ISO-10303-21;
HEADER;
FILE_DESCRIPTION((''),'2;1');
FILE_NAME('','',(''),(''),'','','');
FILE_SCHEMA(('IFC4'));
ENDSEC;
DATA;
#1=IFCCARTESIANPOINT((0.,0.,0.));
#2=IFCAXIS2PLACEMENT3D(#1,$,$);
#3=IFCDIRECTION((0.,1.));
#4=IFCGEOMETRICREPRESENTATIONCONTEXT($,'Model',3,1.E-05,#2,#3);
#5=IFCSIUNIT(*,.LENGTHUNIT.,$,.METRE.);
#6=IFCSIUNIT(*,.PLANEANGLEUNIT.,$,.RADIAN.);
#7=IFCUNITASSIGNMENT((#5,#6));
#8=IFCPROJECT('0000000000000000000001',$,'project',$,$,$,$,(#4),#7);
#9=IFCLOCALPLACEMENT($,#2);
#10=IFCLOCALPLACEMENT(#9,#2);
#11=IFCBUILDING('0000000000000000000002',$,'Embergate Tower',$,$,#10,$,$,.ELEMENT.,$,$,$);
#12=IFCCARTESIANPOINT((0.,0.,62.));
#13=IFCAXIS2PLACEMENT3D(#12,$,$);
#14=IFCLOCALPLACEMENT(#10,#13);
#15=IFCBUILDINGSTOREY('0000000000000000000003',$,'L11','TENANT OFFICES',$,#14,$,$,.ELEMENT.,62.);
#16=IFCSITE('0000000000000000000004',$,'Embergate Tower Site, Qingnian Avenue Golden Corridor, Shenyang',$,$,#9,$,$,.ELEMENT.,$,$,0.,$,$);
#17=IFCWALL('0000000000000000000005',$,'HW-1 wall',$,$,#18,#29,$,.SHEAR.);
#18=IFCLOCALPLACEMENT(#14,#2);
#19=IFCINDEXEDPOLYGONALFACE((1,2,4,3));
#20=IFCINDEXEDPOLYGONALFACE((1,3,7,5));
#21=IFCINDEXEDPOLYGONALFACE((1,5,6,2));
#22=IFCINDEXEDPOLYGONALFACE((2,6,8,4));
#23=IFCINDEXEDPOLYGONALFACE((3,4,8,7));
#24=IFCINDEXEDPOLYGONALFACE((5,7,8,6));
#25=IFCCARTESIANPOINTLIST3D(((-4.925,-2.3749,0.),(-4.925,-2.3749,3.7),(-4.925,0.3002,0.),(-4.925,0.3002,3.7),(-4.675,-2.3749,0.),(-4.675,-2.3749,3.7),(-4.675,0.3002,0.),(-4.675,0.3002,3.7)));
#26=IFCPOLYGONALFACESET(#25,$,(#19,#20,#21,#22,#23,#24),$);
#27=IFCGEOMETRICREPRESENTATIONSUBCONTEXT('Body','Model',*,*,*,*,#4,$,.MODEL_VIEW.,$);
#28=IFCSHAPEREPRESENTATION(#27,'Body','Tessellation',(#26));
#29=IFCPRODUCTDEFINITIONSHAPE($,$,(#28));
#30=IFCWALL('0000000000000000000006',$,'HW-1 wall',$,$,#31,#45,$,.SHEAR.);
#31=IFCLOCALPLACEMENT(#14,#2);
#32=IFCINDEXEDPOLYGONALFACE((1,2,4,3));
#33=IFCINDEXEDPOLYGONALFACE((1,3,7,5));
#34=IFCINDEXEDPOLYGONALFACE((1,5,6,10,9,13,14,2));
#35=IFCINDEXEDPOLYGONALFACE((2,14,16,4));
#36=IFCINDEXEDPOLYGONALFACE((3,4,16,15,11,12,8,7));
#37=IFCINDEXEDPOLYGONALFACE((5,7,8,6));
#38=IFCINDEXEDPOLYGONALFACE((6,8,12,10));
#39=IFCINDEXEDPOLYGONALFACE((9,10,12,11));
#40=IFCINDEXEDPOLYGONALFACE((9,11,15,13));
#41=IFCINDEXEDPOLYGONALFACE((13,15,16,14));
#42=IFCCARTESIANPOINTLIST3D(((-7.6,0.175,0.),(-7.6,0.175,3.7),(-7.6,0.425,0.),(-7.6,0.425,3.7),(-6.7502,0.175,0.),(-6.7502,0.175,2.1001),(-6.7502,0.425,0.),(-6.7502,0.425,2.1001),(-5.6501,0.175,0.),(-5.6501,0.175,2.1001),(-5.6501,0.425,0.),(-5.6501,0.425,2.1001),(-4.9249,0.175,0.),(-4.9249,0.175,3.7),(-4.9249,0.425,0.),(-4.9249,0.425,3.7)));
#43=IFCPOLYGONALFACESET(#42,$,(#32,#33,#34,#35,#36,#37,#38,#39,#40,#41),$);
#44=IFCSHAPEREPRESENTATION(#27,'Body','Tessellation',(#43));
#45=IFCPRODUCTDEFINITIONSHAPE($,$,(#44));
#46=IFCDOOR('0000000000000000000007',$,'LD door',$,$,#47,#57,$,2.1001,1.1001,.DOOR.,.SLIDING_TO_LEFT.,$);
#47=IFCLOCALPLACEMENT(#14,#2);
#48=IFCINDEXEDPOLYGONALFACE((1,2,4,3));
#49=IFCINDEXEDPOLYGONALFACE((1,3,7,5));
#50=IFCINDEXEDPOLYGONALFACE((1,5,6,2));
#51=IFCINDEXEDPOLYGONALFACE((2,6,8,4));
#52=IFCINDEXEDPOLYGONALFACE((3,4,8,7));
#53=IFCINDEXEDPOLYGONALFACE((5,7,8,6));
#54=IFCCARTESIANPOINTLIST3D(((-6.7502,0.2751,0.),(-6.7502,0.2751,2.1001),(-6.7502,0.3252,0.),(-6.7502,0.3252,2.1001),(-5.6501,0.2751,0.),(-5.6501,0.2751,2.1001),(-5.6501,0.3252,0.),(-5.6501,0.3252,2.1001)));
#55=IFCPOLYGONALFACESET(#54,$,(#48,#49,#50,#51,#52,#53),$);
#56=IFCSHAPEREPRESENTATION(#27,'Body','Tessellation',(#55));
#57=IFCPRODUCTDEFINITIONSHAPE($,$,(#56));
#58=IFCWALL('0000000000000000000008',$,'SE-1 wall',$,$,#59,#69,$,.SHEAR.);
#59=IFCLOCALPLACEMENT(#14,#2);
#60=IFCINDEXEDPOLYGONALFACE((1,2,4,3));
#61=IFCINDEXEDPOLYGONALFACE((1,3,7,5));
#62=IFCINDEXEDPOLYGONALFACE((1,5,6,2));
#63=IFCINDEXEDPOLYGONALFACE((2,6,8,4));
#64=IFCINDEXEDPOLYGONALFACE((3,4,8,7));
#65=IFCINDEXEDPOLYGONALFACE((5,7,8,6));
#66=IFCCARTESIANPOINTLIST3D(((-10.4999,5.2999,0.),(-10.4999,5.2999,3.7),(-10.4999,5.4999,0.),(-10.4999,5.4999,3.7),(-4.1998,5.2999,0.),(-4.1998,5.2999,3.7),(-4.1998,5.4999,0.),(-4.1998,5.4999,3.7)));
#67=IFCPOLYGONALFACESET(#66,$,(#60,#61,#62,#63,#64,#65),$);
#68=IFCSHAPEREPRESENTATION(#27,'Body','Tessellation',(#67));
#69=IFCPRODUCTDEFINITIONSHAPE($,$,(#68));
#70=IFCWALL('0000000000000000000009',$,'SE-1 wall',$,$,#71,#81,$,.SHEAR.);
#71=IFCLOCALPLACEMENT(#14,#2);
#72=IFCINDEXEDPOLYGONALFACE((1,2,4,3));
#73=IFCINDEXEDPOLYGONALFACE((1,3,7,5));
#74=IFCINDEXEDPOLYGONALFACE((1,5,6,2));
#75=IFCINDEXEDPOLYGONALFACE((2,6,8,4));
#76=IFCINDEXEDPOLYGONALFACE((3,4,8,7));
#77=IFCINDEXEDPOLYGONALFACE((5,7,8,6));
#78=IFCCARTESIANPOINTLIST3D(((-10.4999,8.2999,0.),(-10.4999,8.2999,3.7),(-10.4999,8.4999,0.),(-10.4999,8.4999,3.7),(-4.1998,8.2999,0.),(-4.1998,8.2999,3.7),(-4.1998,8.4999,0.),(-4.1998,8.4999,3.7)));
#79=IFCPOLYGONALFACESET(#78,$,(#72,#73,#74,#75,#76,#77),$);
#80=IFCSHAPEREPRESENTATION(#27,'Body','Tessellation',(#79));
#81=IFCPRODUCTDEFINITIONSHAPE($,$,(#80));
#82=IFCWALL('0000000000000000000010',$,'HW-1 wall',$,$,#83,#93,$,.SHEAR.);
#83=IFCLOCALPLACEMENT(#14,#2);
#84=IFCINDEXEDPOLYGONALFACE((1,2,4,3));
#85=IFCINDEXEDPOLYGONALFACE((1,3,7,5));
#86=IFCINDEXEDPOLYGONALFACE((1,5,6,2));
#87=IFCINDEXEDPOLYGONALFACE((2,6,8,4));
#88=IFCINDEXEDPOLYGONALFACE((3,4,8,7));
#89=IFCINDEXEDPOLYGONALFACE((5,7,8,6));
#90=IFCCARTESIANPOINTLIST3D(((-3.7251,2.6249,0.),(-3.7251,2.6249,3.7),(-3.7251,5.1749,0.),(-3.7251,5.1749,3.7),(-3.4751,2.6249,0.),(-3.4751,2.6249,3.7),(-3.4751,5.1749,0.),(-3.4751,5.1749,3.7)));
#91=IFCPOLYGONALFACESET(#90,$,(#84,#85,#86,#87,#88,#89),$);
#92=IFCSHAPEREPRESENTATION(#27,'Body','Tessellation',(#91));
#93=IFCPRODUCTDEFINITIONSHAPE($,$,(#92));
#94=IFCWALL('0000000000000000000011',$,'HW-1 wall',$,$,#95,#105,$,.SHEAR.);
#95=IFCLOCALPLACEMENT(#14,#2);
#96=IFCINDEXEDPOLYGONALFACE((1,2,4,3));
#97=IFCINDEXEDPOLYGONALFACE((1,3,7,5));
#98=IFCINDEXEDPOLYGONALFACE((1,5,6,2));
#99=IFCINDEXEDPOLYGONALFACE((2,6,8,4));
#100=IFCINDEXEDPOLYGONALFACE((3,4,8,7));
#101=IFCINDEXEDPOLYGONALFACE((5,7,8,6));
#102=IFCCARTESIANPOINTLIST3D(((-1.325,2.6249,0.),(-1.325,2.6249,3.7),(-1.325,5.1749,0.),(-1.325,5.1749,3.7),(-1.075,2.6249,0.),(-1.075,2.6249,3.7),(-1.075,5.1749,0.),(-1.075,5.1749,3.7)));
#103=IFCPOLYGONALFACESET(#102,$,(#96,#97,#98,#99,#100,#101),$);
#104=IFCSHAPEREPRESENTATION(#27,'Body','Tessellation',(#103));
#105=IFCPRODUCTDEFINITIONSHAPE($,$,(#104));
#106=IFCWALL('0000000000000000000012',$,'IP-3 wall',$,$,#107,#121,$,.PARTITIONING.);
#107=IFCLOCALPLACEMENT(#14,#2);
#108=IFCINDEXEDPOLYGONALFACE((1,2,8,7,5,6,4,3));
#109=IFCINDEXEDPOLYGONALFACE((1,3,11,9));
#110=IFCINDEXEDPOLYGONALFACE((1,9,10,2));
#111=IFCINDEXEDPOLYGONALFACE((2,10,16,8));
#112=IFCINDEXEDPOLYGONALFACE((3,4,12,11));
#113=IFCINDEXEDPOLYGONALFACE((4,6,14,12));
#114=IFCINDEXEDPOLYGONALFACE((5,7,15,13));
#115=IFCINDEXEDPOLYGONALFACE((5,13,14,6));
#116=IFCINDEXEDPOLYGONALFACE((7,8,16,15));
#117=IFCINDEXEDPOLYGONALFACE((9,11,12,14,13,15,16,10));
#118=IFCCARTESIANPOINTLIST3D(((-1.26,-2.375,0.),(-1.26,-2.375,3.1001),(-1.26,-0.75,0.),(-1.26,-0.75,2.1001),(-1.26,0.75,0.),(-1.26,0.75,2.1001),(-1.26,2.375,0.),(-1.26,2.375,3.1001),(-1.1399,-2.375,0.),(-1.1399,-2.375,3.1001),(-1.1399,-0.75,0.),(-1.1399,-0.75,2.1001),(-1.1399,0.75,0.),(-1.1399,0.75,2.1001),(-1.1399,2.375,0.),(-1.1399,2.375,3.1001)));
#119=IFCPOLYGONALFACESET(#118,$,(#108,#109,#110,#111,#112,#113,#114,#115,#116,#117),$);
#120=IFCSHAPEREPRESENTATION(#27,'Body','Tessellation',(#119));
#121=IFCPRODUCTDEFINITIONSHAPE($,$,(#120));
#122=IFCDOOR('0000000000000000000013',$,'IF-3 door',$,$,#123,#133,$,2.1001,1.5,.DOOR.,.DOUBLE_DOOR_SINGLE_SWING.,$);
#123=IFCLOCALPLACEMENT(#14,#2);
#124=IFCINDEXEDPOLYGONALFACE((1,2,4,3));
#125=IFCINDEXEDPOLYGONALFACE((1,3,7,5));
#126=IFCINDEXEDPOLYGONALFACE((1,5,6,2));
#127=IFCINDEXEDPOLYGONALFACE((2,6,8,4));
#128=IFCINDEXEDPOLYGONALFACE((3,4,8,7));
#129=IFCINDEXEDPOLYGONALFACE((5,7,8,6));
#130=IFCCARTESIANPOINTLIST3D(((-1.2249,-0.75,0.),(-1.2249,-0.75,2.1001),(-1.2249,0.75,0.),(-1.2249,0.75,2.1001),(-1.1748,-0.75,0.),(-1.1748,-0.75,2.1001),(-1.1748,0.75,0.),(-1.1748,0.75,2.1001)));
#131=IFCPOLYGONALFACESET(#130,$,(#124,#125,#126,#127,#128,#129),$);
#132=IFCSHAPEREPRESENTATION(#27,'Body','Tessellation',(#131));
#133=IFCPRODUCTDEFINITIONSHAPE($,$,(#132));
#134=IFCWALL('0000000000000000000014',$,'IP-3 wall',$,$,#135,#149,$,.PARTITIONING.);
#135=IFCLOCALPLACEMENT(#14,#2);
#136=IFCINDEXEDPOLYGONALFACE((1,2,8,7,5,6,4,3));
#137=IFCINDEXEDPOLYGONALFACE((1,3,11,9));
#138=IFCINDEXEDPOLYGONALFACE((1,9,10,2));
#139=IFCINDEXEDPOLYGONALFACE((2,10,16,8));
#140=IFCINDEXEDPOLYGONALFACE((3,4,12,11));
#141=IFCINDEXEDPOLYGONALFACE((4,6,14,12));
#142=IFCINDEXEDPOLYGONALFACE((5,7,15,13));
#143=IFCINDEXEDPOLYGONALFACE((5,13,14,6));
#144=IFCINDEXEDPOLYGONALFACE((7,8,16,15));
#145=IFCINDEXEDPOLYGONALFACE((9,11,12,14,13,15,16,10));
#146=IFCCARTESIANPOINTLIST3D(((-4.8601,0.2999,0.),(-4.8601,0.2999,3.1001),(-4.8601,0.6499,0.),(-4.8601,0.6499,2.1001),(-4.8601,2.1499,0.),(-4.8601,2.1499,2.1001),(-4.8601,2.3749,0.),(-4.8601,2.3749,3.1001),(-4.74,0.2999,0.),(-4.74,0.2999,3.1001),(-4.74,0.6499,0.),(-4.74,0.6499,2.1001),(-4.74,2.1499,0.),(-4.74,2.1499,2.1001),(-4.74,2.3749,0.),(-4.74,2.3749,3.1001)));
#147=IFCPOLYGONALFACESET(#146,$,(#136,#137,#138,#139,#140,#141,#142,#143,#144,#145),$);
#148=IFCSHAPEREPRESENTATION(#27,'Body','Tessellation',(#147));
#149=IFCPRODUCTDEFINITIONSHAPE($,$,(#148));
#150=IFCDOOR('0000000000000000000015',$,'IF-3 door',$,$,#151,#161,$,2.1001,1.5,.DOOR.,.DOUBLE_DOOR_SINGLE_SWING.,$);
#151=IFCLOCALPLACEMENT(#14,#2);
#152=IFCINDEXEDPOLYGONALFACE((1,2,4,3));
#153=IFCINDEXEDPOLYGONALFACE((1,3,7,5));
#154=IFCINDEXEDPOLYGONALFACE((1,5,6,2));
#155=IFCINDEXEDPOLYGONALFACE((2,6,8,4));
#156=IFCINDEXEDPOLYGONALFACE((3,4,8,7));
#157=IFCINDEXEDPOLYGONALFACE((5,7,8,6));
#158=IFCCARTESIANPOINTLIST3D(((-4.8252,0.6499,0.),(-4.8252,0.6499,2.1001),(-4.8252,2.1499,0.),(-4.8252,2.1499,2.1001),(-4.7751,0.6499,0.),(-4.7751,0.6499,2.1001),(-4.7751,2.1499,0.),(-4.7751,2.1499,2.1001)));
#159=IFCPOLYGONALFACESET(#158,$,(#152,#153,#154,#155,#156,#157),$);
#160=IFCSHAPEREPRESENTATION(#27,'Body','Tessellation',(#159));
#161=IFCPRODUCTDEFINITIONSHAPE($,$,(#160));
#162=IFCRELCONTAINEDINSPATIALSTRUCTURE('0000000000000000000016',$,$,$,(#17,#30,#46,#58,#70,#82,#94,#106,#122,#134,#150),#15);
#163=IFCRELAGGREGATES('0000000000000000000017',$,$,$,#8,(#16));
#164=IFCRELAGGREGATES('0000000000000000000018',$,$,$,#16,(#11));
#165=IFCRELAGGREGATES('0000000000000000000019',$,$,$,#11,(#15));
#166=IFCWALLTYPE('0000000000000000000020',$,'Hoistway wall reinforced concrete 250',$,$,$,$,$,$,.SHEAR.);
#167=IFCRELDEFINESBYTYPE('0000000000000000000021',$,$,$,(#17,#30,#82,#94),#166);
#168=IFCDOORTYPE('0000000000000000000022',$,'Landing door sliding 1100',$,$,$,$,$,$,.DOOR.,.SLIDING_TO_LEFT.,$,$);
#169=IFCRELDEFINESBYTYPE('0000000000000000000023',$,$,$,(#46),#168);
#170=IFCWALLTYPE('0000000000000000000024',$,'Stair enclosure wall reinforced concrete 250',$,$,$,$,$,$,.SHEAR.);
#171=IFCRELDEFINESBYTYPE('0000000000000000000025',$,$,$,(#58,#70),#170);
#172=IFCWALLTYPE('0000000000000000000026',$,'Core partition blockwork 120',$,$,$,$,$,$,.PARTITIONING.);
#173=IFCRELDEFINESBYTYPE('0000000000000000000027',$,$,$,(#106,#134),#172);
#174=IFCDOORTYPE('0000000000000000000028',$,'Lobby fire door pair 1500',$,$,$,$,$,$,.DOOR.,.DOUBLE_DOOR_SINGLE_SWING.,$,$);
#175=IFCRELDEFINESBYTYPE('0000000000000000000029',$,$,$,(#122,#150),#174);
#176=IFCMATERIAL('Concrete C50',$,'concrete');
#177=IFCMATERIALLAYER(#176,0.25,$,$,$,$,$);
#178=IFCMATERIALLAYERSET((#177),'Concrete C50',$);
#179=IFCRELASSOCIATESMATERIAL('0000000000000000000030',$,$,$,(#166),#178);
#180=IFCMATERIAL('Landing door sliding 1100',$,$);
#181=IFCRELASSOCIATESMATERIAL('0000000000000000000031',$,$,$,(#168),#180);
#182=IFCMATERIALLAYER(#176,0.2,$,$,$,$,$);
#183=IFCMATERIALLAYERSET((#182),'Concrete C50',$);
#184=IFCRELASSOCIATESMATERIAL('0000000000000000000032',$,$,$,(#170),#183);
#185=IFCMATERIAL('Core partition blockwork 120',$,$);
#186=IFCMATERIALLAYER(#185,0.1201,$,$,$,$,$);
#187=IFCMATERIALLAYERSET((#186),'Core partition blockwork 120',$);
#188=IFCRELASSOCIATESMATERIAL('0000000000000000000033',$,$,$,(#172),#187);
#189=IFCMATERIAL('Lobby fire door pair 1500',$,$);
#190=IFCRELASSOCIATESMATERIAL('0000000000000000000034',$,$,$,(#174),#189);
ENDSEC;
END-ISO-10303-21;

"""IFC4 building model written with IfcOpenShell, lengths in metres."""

from ifc_helpers import new_model, si_unit, direction, frame, frame_2d, origin, place, context, subcontext, project, spatial, rectangle, extrude, source, transform, mapped, material, layer, layer_set, type_object, element, fill, save


model = new_model("IFC4")

# Units and contexts
model_context = context("Model", 3, precision=1e-05, world=origin(), true_north=direction((0.0, 1.0)))
body_context = subcontext(model_context, "Body", "Model", "MODEL_VIEW")
ifc_project = project(units=[si_unit("LENGTHUNIT", "METRE"), si_unit("PLANEANGLEUNIT", "RADIAN")], contexts=[model_context])

# Site, building, storey
site_placement = place(None, origin())
site = spatial("IfcSite", under=ifc_project, at=site_placement, Name="Embergate Tower Site, Qingnian Avenue Golden Corridor, Shenyang", CompositionType="ELEMENT", RefElevation=0.0)
building_placement = place(site_placement, origin())
building = spatial("IfcBuilding", under=site, at=building_placement, Name="Embergate Tower", CompositionType="ELEMENT")
storey_placement = place(building_placement, frame((0.0, 0.0, 62.0)))
storey = spatial("IfcBuildingStorey", under=building, at=storey_placement, Name="L11", Description="TENANT OFFICES", CompositionType="ELEMENT", Elevation=62.0)

# Wall
ifc_material_1 = material(Name="Concrete C50", Category="concrete")
ifc_layer_1 = layer(ifc_material_1, 0.25)
ifc_layer_set_1 = layer_set([ifc_layer_1], Name="Concrete C50")
wall_type_1 = type_object("IfcWallType", Name="Hoistway wall reinforced concrete 250", PredefinedType="SHEAR", material=ifc_layer_set_1)
shared_shape_1 = source(origin(), body_context, "Body", "SweptSolid", [
    extrude(rectangle(XDim=2.675, YDim=0.25, at=frame_2d((1.3374, 0.0))), origin(), (0.0, 0.0, 1.0), 3.7),
])
wall_1_placement = place(storey_placement, frame((-4.8, 0.3, 0.0), z_axis=(0.0, 0.0, 1.0), x_axis=(0.0, -1.0, 0.0)))
element("IfcWall", 1, at=wall_1_placement, inside=storey, type_object=wall_type_1, Name="HW-1 wall", PredefinedType="SHEAR", context=body_context, shape_type="MappedRepresentation", body=[
    mapped(shared_shape_1, transform((0.0, 0.0, 0.0))),
])

# Wall, opening, door
wall_2_placement = place(storey_placement, frame((-4.925, 0.3, 0.0), z_axis=(0.0, 0.0, 1.0), x_axis=(-1.0, 0.0, 0.0)))
wall_2 = element("IfcWall", 2, at=wall_2_placement, inside=storey, type_object=wall_type_1, Name="HW-1 wall", PredefinedType="SHEAR", context=body_context, shape_type="MappedRepresentation", body=[
    mapped(shared_shape_1, transform((0.0, 0.0, 0.0))),
])
shared_shape_2 = source(origin(), body_context, "Body", "SweptSolid", [
    extrude(rectangle(XDim=1.1001, YDim=2.1001, at=frame_2d((0.55, 1.05))), frame((0.0, 0.135, 0.0), z_axis=(0.0, -1.0, 0.0), x_axis=(1.0, 0.0, 0.0)), (0.0, 0.0, 1.0), 0.27),
])
opening_1_placement = place(wall_2_placement, frame((0.7251, 0.0, 0.0)))
opening_1 = element("IfcOpeningElement", 3, at=opening_1_placement, cuts=wall_2, PredefinedType="OPENING", context=body_context, shape_type="MappedRepresentation", body=[
    mapped(shared_shape_2, transform((0.0, 0.0, 0.0))),
])
ifc_material_2 = material(Name="Landing door sliding 1100")
door_type_1 = type_object("IfcDoorType", Name="Landing door sliding 1100", OperationType="SLIDING_TO_LEFT", PredefinedType="DOOR", material=ifc_material_2)
shared_shape_3 = source(origin(), body_context, "Body", "SweptSolid", [
    extrude(rectangle(XDim=1.1001, YDim=2.1001, at=frame_2d((0.55, 1.05))), frame((0.0, 0.0249, 0.0), z_axis=(0.0, -1.0, 0.0), x_axis=(1.0, 0.0, 0.0)), (0.0, 0.0, 1.0), 0.05),
])
door_1_placement = place(opening_1_placement, origin())
door_1 = element("IfcDoor", 4, at=door_1_placement, inside=storey, type_object=door_type_1, Name="LD door", OperationType="SLIDING_TO_LEFT", OverallHeight=2.1001, OverallWidth=1.1001, PredefinedType="DOOR", context=body_context, shape_type="MappedRepresentation", body=[
    mapped(shared_shape_3, transform((0.0, 0.0, 0.0))),
])
fill(opening_1, door_1)

# Walls
ifc_layer_2 = layer(ifc_material_1, 0.2)
ifc_layer_set_2 = layer_set([ifc_layer_2], Name="Concrete C50")
wall_type_2 = type_object("IfcWallType", Name="Stair enclosure wall reinforced concrete 250", PredefinedType="SHEAR", material=ifc_layer_set_2)
shared_shape_4 = source(origin(), body_context, "Body", "SweptSolid", [
    extrude(rectangle(XDim=6.3, YDim=0.2, at=frame_2d((3.1499, 0.0))), origin(), (0.0, 0.0, 1.0), 3.7),
])
for number, where, z_axis, x_axis, name in (
    (5, (-4.2, 5.3999, 0.0), (0.0, 0.0, 1.0), (-1.0, 0.0, 0.0), "SE-1 wall"),
    (6, (-4.2, 8.3999, 0.0), (0.0, 0.0, 1.0), (-1.0, 0.0, 0.0), "SE-1 wall"),
):
    element("IfcWall", number, at=place(storey_placement, frame(where, z_axis=z_axis, x_axis=x_axis)), inside=storey, type_object=wall_type_2, Name=name, PredefinedType="SHEAR", context=body_context, shape_type="MappedRepresentation", body=[
        mapped(shared_shape_4, transform((0.0, 0.0, 0.0))),
    ])
shared_shape_5 = source(origin(), body_context, "Body", "SweptSolid", [
    extrude(rectangle(XDim=2.55, YDim=0.25, at=frame_2d((1.2749, 0.0))), origin(), (0.0, 0.0, 1.0), 3.7),
])
for number, where, z_axis, x_axis, name in (
    (7, (-3.6001, 2.625, 0.0), (0.0, 0.0, 1.0), (0.0, 1.0, 0.0), "HW-1 wall"),
    (8, (-1.2, 2.625, 0.0), (0.0, 0.0, 1.0), (0.0, 1.0, 0.0), "HW-1 wall"),
):
    element("IfcWall", number, at=place(storey_placement, frame(where, z_axis=z_axis, x_axis=x_axis)), inside=storey, type_object=wall_type_1, Name=name, PredefinedType="SHEAR", context=body_context, shape_type="MappedRepresentation", body=[
        mapped(shared_shape_5, transform((0.0, 0.0, 0.0))),
    ])

# Walls, openings, doors
ifc_material_3 = material(Name="Core partition blockwork 120")
ifc_layer_3 = layer(ifc_material_3, 0.1201)
ifc_layer_set_3 = layer_set([ifc_layer_3], Name="Core partition blockwork 120")
wall_type_3 = type_object("IfcWallType", Name="Core partition blockwork 120", PredefinedType="PARTITIONING", material=ifc_layer_set_3)
shared_shape_6 = source(origin(), body_context, "Body", "SweptSolid", [
    extrude(rectangle(XDim=4.75, YDim=0.1201, at=frame_2d((2.375, 0.0))), origin(), (0.0, 0.0, 1.0), 3.1001),
])
wall_3_placement = place(storey_placement, frame((-1.2, -2.375, 0.0), z_axis=(0.0, 0.0, 1.0), x_axis=(0.0, 1.0, 0.0)))
wall_3 = element("IfcWall", 9, at=wall_3_placement, inside=storey, type_object=wall_type_3, Name="IP-3 wall", PredefinedType="PARTITIONING", context=body_context, shape_type="MappedRepresentation", body=[
    mapped(shared_shape_6, transform((0.0, 0.0, 0.0))),
])
shared_shape_7 = source(origin(), body_context, "Body", "SweptSolid", [
    extrude(rectangle(XDim=1.5, YDim=2.1001, at=frame_2d((0.75, 1.05))), frame((0.0, 0.0701, 0.0), z_axis=(0.0, -1.0, 0.0), x_axis=(1.0, 0.0, 0.0)), (0.0, 0.0, 1.0), 0.1401),
])
opening_2_placement = place(wall_3_placement, frame((1.625, 0.0, 0.0)))
opening_2 = element("IfcOpeningElement", 10, at=opening_2_placement, cuts=wall_3, PredefinedType="OPENING", context=body_context, shape_type="MappedRepresentation", body=[
    mapped(shared_shape_7, transform((0.0, 0.0, 0.0))),
])
ifc_material_4 = material(Name="Lobby fire door pair 1500")
door_type_2 = type_object("IfcDoorType", Name="Lobby fire door pair 1500", OperationType="DOUBLE_DOOR_SINGLE_SWING", PredefinedType="DOOR", material=ifc_material_4)
shared_shape_8 = source(origin(), body_context, "Body", "SweptSolid", [
    extrude(rectangle(XDim=1.5, YDim=2.1001, at=frame_2d((0.75, 1.05))), frame((0.0, 0.0249, 0.0), z_axis=(0.0, -1.0, 0.0), x_axis=(1.0, 0.0, 0.0)), (0.0, 0.0, 1.0), 0.05),
])
door_2_placement = place(opening_2_placement, origin())
door_2 = element("IfcDoor", 11, at=door_2_placement, inside=storey, type_object=door_type_2, Name="IF-3 door", OperationType="DOUBLE_DOOR_SINGLE_SWING", OverallHeight=2.1001, OverallWidth=1.5, PredefinedType="DOOR", context=body_context, shape_type="MappedRepresentation", body=[
    mapped(shared_shape_8, transform((0.0, 0.0, 0.0))),
])
fill(opening_2, door_2)
shared_shape_9 = source(origin(), body_context, "Body", "SweptSolid", [
    extrude(rectangle(XDim=2.075, YDim=0.1201, at=frame_2d((1.0376, 0.0))), origin(), (0.0, 0.0, 1.0), 3.1001),
])
wall_4_placement = place(storey_placement, frame((-4.8, 2.375, 0.0), z_axis=(0.0, 0.0, 1.0), x_axis=(0.0, -1.0, 0.0)))
wall_4 = element("IfcWall", 12, at=wall_4_placement, inside=storey, type_object=wall_type_3, Name="IP-3 wall", PredefinedType="PARTITIONING", context=body_context, shape_type="MappedRepresentation", body=[
    mapped(shared_shape_9, transform((0.0, 0.0, 0.0))),
])
opening_3_placement = place(wall_4_placement, frame((0.2251, 0.0, 0.0)))
opening_3 = element("IfcOpeningElement", 13, at=opening_3_placement, cuts=wall_4, PredefinedType="OPENING", context=body_context, shape_type="MappedRepresentation", body=[
    mapped(shared_shape_7, transform((0.0, 0.0, 0.0))),
])
door_3_placement = place(opening_3_placement, origin())
door_3 = element("IfcDoor", 14, at=door_3_placement, inside=storey, type_object=door_type_2, Name="IF-3 door", OperationType="DOUBLE_DOOR_SINGLE_SWING", OverallHeight=2.1001, OverallWidth=1.5, PredefinedType="DOOR", context=body_context, shape_type="MappedRepresentation", body=[
    mapped(shared_shape_8, transform((0.0, 0.0, 0.0))),
])
fill(opening_3, door_3)

save(model, "model.ifc")
